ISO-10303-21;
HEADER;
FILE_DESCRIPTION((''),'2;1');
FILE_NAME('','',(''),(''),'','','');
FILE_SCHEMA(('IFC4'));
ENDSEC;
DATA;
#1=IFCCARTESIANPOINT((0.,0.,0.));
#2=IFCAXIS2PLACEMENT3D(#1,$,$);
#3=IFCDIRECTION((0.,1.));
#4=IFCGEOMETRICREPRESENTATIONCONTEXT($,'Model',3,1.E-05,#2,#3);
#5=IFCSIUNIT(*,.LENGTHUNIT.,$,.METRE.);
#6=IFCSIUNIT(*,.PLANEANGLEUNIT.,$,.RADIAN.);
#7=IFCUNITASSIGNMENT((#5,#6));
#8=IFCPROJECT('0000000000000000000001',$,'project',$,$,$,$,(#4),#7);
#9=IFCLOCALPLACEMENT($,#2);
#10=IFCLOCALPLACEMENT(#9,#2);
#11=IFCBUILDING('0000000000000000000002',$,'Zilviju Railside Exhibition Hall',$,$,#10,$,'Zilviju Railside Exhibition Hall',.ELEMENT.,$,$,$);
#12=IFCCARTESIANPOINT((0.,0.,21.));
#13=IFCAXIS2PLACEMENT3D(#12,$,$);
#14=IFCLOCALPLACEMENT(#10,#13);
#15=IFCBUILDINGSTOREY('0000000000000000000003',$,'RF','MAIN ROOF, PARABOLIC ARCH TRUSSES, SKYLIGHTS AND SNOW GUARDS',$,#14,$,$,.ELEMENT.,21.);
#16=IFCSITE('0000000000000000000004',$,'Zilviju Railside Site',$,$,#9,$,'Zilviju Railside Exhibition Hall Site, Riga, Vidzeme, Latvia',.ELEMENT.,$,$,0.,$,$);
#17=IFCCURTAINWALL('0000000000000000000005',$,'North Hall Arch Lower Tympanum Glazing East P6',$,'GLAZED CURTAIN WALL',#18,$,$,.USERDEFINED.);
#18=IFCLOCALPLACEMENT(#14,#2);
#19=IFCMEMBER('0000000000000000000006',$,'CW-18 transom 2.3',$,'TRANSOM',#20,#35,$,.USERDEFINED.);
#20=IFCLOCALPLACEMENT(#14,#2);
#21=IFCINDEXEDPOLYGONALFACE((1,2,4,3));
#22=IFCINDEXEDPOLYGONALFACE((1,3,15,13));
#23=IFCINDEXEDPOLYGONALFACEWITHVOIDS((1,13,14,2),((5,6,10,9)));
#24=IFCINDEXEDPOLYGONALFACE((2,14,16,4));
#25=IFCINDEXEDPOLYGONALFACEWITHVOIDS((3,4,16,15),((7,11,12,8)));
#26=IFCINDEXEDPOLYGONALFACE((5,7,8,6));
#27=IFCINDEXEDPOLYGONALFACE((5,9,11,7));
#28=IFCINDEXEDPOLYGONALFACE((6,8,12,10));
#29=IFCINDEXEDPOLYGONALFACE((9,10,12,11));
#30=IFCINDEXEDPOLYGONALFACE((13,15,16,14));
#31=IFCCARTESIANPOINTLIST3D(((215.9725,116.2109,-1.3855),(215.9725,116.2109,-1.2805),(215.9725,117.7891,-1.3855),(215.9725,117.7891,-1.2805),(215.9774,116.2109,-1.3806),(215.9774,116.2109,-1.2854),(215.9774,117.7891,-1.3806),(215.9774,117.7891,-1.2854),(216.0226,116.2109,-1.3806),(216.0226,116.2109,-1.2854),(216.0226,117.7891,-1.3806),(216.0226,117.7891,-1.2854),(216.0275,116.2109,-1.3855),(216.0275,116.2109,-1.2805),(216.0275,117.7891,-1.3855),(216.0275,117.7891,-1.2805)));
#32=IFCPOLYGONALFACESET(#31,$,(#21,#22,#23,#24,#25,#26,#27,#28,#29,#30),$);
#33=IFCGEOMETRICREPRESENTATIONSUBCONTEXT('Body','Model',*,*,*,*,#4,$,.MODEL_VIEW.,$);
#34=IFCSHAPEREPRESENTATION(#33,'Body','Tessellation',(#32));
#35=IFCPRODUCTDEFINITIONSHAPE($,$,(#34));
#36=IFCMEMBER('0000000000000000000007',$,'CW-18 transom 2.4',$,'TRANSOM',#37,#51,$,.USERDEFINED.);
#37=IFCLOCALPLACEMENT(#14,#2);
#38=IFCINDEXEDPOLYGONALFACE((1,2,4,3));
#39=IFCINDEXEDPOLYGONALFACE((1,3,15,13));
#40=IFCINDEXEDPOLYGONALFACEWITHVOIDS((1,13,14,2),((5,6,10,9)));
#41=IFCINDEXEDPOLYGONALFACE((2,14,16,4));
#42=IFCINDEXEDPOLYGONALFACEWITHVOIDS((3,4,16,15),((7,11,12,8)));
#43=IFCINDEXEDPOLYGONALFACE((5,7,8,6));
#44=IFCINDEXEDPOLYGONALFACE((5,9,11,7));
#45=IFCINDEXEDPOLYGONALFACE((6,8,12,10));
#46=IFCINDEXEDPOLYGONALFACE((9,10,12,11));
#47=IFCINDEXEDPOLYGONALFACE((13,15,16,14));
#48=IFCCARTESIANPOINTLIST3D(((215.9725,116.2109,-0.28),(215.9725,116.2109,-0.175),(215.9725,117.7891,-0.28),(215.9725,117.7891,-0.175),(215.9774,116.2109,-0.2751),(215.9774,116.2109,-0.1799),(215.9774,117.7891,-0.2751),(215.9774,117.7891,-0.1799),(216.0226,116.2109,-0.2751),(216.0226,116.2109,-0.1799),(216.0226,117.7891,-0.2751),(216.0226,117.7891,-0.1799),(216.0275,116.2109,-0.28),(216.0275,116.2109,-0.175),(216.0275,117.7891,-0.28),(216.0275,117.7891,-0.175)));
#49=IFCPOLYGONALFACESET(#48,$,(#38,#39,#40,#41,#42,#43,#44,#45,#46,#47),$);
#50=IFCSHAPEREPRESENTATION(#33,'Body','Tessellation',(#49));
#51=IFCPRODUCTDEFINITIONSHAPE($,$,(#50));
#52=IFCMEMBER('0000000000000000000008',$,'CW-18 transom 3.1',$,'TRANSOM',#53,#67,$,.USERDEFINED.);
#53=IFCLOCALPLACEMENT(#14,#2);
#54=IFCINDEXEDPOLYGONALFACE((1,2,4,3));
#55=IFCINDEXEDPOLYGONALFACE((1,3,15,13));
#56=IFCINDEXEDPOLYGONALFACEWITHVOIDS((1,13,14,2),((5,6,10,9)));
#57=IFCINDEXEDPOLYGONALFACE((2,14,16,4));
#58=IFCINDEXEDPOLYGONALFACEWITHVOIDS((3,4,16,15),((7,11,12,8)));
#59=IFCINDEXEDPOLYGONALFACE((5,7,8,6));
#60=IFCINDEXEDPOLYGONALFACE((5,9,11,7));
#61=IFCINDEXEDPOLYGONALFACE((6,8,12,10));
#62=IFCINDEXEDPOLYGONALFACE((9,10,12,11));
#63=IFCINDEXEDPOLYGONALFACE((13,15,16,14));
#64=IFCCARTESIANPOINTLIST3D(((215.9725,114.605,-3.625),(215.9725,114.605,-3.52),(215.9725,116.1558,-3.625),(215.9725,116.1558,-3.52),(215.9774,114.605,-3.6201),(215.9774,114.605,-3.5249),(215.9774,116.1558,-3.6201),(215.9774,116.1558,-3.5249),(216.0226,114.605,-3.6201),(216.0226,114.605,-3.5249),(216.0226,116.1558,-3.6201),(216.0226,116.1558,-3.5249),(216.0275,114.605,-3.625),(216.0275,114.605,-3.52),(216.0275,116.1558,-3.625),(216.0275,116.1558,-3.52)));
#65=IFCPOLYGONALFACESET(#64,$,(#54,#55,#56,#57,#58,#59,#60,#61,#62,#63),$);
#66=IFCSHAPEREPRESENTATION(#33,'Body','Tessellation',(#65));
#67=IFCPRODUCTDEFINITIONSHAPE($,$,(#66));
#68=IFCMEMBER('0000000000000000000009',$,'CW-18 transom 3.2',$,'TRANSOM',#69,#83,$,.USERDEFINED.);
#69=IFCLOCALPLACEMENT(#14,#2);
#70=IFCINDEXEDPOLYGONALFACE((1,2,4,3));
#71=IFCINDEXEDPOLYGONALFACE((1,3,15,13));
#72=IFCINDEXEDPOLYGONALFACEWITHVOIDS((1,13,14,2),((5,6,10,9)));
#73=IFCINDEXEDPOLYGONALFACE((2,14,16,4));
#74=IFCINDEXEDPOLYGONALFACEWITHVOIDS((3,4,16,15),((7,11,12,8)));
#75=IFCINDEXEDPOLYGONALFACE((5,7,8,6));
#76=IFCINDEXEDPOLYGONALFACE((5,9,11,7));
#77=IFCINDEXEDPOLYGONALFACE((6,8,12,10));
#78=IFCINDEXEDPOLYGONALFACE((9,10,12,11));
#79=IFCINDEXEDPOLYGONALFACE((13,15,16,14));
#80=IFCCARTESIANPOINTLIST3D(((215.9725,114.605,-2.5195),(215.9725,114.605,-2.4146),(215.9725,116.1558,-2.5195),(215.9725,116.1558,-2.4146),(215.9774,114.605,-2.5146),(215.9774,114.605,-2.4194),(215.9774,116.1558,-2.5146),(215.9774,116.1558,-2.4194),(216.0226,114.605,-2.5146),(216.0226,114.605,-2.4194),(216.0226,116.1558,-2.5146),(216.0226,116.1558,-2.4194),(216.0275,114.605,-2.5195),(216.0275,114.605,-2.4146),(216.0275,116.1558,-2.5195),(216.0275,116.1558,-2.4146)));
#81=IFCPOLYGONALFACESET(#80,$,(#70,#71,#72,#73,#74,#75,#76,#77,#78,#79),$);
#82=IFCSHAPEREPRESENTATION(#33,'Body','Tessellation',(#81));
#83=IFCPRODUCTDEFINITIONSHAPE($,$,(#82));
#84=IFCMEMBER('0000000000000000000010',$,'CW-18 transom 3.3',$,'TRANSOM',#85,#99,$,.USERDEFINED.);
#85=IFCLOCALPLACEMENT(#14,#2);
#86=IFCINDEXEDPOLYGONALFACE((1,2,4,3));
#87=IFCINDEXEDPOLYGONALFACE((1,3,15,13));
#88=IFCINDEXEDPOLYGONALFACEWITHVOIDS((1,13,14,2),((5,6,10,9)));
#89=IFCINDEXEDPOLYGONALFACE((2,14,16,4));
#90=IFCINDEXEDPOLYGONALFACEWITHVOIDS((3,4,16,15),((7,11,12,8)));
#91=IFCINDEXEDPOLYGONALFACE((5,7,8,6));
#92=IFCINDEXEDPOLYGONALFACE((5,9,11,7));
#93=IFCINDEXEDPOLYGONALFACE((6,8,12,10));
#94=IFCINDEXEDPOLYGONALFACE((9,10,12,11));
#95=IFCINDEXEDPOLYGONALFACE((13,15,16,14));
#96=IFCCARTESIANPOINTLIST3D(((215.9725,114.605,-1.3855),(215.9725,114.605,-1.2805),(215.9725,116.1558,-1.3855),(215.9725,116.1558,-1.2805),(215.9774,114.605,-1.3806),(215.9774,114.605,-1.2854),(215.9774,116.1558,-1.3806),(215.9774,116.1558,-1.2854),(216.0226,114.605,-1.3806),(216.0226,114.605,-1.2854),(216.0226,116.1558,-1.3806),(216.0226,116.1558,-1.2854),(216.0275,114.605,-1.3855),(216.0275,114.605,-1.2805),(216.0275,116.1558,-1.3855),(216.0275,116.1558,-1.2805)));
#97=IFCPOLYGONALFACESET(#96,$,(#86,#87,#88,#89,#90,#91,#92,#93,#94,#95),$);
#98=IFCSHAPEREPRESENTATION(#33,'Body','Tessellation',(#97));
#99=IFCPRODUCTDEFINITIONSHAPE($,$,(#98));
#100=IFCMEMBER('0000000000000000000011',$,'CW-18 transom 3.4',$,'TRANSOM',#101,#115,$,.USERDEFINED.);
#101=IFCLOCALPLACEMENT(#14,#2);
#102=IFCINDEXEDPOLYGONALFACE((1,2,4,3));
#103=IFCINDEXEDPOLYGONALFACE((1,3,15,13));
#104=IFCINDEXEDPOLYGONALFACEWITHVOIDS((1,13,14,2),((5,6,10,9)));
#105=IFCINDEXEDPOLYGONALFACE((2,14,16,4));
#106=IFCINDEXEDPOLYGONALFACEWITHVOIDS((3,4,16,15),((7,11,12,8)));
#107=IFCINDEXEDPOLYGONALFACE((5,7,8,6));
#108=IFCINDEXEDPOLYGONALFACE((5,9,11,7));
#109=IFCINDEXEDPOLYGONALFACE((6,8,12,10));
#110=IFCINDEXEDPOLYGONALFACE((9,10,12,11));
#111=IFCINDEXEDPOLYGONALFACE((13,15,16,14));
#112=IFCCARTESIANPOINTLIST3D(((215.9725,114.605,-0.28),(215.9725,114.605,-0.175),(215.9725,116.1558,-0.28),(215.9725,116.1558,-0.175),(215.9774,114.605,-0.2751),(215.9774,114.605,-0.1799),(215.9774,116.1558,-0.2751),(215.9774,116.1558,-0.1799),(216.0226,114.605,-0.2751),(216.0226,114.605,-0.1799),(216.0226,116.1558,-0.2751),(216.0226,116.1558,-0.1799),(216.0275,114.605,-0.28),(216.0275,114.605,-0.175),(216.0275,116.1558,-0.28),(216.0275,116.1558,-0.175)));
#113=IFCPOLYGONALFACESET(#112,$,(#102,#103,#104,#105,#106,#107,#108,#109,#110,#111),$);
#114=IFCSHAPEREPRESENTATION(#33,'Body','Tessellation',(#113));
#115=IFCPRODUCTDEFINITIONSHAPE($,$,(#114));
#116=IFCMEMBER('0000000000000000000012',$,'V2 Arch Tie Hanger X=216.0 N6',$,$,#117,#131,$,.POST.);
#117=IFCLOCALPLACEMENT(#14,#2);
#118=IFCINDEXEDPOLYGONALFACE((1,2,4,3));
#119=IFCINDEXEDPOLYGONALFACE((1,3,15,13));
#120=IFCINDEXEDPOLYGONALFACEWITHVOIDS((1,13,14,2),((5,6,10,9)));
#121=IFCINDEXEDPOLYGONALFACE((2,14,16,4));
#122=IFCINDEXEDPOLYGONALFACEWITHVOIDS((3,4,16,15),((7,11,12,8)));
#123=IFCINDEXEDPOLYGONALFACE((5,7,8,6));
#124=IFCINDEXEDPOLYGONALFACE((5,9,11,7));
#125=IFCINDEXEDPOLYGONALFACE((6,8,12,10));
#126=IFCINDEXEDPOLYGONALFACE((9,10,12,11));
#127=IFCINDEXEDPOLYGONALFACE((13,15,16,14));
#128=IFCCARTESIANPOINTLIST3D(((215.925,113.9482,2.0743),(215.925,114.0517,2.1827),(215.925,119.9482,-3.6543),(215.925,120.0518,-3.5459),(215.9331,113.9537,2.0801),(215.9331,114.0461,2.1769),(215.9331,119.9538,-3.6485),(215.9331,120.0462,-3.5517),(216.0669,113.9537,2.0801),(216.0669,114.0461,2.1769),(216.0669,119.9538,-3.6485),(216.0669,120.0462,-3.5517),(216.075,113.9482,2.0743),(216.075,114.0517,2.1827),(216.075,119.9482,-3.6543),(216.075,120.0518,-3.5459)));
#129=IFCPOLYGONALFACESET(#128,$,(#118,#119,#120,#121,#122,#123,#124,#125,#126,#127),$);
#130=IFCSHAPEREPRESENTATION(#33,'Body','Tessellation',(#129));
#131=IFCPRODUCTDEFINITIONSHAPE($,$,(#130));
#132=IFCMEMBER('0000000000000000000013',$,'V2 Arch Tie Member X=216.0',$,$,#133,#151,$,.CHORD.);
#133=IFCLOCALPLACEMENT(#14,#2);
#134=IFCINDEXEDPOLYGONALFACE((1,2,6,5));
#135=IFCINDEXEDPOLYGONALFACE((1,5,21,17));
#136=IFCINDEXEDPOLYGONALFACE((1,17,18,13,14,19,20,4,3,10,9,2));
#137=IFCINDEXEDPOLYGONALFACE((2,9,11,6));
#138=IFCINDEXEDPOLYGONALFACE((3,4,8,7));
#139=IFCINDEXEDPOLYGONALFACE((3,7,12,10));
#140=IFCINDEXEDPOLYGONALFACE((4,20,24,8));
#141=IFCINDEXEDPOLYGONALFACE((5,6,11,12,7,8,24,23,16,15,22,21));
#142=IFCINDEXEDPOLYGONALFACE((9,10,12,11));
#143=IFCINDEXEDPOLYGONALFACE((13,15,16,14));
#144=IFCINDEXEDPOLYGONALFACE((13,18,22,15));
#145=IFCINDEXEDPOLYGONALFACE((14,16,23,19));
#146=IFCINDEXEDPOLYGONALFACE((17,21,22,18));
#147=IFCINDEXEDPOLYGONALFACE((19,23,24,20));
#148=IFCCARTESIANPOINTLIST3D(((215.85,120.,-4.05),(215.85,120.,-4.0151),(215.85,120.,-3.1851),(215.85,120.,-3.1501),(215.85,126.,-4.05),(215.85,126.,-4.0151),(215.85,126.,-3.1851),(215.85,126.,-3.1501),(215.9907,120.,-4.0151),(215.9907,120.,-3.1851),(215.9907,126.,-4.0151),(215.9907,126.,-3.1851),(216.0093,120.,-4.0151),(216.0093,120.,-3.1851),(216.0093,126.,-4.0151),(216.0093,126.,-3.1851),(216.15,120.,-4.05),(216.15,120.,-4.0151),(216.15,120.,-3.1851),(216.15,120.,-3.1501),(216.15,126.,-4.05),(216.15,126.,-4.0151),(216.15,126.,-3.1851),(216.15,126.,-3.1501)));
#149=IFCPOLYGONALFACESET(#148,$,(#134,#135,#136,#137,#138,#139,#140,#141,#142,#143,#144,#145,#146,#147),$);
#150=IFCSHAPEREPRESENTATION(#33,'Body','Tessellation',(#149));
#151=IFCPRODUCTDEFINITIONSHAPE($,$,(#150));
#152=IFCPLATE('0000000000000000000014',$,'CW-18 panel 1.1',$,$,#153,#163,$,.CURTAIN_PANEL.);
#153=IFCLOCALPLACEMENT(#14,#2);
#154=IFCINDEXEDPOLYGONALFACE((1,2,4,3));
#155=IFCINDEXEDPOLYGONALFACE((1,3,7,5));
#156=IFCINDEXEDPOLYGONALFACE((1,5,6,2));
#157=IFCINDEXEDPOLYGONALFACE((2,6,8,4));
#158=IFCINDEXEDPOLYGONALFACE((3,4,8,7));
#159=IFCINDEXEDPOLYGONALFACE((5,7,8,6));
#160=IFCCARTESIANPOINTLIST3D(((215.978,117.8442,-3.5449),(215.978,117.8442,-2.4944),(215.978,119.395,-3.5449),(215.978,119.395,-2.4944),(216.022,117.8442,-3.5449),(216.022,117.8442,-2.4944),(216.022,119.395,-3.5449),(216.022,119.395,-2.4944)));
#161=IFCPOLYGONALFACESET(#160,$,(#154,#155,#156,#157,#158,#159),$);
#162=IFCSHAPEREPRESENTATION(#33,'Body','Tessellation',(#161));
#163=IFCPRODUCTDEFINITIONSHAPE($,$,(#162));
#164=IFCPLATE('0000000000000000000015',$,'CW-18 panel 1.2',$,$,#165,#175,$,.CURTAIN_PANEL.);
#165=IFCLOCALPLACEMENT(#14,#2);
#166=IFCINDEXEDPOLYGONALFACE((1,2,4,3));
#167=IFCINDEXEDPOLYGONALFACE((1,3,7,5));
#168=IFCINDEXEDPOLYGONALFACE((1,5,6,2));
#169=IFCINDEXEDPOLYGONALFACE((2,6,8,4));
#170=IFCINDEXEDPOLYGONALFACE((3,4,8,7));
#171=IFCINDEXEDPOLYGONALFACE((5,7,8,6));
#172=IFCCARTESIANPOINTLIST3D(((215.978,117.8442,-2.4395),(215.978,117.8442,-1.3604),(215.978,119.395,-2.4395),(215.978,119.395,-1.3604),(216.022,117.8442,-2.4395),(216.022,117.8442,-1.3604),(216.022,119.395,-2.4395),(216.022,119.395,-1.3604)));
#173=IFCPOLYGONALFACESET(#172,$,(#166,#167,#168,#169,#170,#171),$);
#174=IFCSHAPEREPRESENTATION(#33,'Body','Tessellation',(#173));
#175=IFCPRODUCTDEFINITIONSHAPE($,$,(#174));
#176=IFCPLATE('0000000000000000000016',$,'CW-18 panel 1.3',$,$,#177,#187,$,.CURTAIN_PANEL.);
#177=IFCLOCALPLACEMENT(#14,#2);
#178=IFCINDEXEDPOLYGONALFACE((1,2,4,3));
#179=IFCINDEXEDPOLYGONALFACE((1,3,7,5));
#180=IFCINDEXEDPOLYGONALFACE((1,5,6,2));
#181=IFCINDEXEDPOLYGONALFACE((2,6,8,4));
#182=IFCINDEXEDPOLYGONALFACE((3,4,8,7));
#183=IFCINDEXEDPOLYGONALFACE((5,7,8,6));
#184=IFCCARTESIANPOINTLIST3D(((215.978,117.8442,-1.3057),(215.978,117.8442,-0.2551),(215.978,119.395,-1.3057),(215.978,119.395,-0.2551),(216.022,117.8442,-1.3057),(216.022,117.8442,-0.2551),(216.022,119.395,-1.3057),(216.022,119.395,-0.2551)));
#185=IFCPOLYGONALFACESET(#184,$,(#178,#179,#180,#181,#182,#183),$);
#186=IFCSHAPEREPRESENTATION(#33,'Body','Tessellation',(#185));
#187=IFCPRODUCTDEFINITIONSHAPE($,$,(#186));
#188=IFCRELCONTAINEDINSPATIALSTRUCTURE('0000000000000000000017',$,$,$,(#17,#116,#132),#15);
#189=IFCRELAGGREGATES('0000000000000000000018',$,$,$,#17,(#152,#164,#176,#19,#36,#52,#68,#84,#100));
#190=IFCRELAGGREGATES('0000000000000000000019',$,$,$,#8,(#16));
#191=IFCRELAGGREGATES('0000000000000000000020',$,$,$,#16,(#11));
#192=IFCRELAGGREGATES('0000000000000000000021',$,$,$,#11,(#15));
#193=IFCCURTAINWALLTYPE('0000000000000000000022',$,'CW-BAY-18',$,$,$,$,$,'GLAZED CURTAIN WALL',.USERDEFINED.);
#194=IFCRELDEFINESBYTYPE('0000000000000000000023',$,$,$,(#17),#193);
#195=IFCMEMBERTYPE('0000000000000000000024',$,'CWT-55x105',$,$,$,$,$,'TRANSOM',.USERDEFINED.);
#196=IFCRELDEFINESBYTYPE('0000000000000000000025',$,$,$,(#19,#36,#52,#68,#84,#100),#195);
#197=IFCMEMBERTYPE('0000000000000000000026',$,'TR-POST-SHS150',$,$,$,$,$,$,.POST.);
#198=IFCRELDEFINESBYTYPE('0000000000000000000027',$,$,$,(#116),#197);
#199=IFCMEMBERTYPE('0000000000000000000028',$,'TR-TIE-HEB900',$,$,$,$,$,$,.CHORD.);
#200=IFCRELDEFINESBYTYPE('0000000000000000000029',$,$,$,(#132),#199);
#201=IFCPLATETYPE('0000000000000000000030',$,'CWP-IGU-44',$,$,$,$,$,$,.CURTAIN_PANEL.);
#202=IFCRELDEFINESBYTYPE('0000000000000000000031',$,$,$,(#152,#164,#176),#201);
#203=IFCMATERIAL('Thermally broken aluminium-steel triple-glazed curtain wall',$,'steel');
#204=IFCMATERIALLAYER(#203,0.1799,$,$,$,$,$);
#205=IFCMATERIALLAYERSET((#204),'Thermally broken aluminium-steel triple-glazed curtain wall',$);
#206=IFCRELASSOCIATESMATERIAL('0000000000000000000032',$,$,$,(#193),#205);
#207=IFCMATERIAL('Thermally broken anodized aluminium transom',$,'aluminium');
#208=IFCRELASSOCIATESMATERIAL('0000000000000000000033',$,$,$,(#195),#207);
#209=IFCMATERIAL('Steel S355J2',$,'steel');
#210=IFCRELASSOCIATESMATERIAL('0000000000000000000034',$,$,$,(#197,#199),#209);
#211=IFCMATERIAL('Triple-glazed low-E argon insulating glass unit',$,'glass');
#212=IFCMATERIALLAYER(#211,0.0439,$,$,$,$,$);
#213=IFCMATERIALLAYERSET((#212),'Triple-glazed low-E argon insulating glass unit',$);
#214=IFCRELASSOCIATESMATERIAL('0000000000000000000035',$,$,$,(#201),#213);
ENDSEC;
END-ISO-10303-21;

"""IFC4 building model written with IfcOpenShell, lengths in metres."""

from ifc_helpers import new_model, si_unit, direction, frame, origin, origin_2d, place, context, subcontext, project, spatial, rectangle, hollow_rectangle, i_section, extrude, material, layer, layer_set, material_profile, profile_set, type_object, element, aggregate, save


model = new_model("IFC4")

# Units and contexts
model_context = context("Model", 3, precision=1e-05, world=origin(), true_north=direction((0.0, 1.0)))
body_context = subcontext(model_context, "Body", "Model", "MODEL_VIEW")
ifc_project = project(units=[si_unit("LENGTHUNIT", "METRE"), si_unit("PLANEANGLEUNIT", "RADIAN")], contexts=[model_context])

# Site, building, storey
site_placement = place(None, origin())
site = spatial("IfcSite", under=ifc_project, at=site_placement, Name="Zilviju Railside Site", LongName="Zilviju Railside Exhibition Hall Site, Riga, Vidzeme, Latvia", CompositionType="ELEMENT", RefElevation=0.0)
building_placement = place(site_placement, origin())
building = spatial("IfcBuilding", under=site, at=building_placement, Name="Zilviju Railside Exhibition Hall", LongName="Zilviju Railside Exhibition Hall", CompositionType="ELEMENT")
storey_placement = place(building_placement, frame((0.0, 0.0, 21.0)))
storey = spatial("IfcBuildingStorey", under=building, at=storey_placement, Name="RF", Description="MAIN ROOF, PARABOLIC ARCH TRUSSES, SKYLIGHTS AND SNOW GUARDS", CompositionType="ELEMENT", Elevation=21.0)

# Curtain wall
ifc_material_1 = material(Name="Thermally broken aluminium-steel triple-glazed curtain wall", Category="steel")
ifc_layer_1 = layer(ifc_material_1, 0.1799)
ifc_layer_set_1 = layer_set([ifc_layer_1], Name="Thermally broken aluminium-steel triple-glazed curtain wall")
curtain_wall_type_1 = type_object("IfcCurtainWallType", Name="CW-BAY-18", ElementType="GLAZED CURTAIN WALL", PredefinedType="USERDEFINED", material=ifc_layer_set_1)
curtain_wall_1_placement = place(storey_placement, origin())
curtain_wall_1 = element("IfcCurtainWall", 1, at=curtain_wall_1_placement, inside=storey, type_object=curtain_wall_type_1, Name="North Hall Arch Lower Tympanum Glazing East P6", ObjectType="GLAZED CURTAIN WALL", PredefinedType="USERDEFINED")

# Members
ifc_material_2 = material(Name="Thermally broken anodized aluminium transom", Category="aluminium")
ifc_material_profile_1 = material_profile(ifc_material_2, hollow_rectangle(XDim=0.0549, YDim=0.105, WallThickness=0.0049, at=origin_2d()), Name="TRANSOM 105x55x5")
ifc_profile_set_1 = profile_set([ifc_material_profile_1], Name="Thermally broken anodized aluminium transom")
member_type_1 = type_object("IfcMemberType", Name="CWT-55x105", ElementType="TRANSOM", PredefinedType="USERDEFINED", material=ifc_profile_set_1)
member_1_placement = place(storey_placement, frame((216.0, 117.7891, -1.333), z_axis=(0.0, -1.0, 0.0), x_axis=(1.0, 0.0, 0.0)))
member_1 = element("IfcMember", 2, at=member_1_placement, type_object=member_type_1, Name="CW-18 transom 2.3", ObjectType="TRANSOM", PredefinedType="USERDEFINED", context=body_context, shape_type="SweptSolid", body=[
    extrude(hollow_rectangle(XDim=0.0549, YDim=0.105, WallThickness=0.0049, at=origin_2d()), origin(), (0.0, 0.0, 1.0), 1.5781),
])
member_2_placement = place(storey_placement, frame((216.0, 117.7891, -0.2275), z_axis=(0.0, -1.0, 0.0), x_axis=(1.0, 0.0, 0.0)))
member_2 = element("IfcMember", 3, at=member_2_placement, type_object=member_type_1, Name="CW-18 transom 2.4", ObjectType="TRANSOM", PredefinedType="USERDEFINED", context=body_context, shape_type="SweptSolid", body=[
    extrude(hollow_rectangle(XDim=0.0549, YDim=0.105, WallThickness=0.0049, at=origin_2d()), origin(), (0.0, 0.0, 1.0), 1.5781),
])
member_3_placement = place(storey_placement, frame((216.0, 116.1558, -3.5725), z_axis=(0.0, -1.0, 0.0), x_axis=(1.0, 0.0, 0.0)))
member_3 = element("IfcMember", 4, at=member_3_placement, type_object=member_type_1, Name="CW-18 transom 3.1", ObjectType="TRANSOM", PredefinedType="USERDEFINED", context=body_context, shape_type="SweptSolid", body=[
    extrude(hollow_rectangle(XDim=0.0549, YDim=0.105, WallThickness=0.0049, at=origin_2d()), origin(), (0.0, 0.0, 1.0), 1.5508),
])
member_4_placement = place(storey_placement, frame((216.0, 116.1558, -2.467), z_axis=(0.0, -1.0, 0.0), x_axis=(1.0, 0.0, 0.0)))
member_4 = element("IfcMember", 5, at=member_4_placement, type_object=member_type_1, Name="CW-18 transom 3.2", ObjectType="TRANSOM", PredefinedType="USERDEFINED", context=body_context, shape_type="SweptSolid", body=[
    extrude(hollow_rectangle(XDim=0.0549, YDim=0.105, WallThickness=0.0049, at=origin_2d()), origin(), (0.0, 0.0, 1.0), 1.5508),
])
member_5_placement = place(storey_placement, frame((216.0, 116.1558, -1.333), z_axis=(0.0, -1.0, 0.0), x_axis=(1.0, 0.0, 0.0)))
member_5 = element("IfcMember", 6, at=member_5_placement, type_object=member_type_1, Name="CW-18 transom 3.3", ObjectType="TRANSOM", PredefinedType="USERDEFINED", context=body_context, shape_type="SweptSolid", body=[
    extrude(hollow_rectangle(XDim=0.0549, YDim=0.105, WallThickness=0.0049, at=origin_2d()), origin(), (0.0, 0.0, 1.0), 1.5508),
])
member_6_placement = place(storey_placement, frame((216.0, 116.1558, -0.2275), z_axis=(0.0, -1.0, 0.0), x_axis=(1.0, 0.0, 0.0)))
member_6 = element("IfcMember", 7, at=member_6_placement, type_object=member_type_1, Name="CW-18 transom 3.4", ObjectType="TRANSOM", PredefinedType="USERDEFINED", context=body_context, shape_type="SweptSolid", body=[
    extrude(hollow_rectangle(XDim=0.0549, YDim=0.105, WallThickness=0.0049, at=origin_2d()), origin(), (0.0, 0.0, 1.0), 1.5508),
])

# Members
ifc_material_3 = material(Name="Steel S355J2", Category="steel")
ifc_material_profile_2 = material_profile(ifc_material_3, hollow_rectangle(XDim=0.1499, YDim=0.1499, WallThickness=0.0081, at=origin_2d()), Name="SHS 150x150x8.0")
ifc_profile_set_2 = profile_set([ifc_material_profile_2], Name="Steel S355J2")
member_type_2 = type_object("IfcMemberType", Name="TR-POST-SHS150", PredefinedType="POST", material=ifc_profile_set_2)
member_7_placement = place(storey_placement, frame((216.0, 120.0, -3.6001), z_axis=(0.0, -0.723281, 0.690554), x_axis=(1.0, 0.0, 0.0)))
element("IfcMember", 8, at=member_7_placement, inside=storey, type_object=member_type_2, Name="V2 Arch Tie Hanger X=216.0 N6", PredefinedType="POST", context=body_context, shape_type="SweptSolid", body=[
    extrude(hollow_rectangle(XDim=0.1499, YDim=0.1499, WallThickness=0.0081, at=origin_2d()), origin(), (0.0, 0.0, 1.0), 8.2957),
])
ifc_material_profile_3 = material_profile(ifc_material_3, i_section(OverallWidth=0.3, OverallDepth=0.8999, WebThickness=0.0186, FlangeThickness=0.0349, at=origin_2d()), Name="HEB 900")
ifc_profile_set_3 = profile_set([ifc_material_profile_3], Name="Steel S355J2")
member_type_3 = type_object("IfcMemberType", Name="TR-TIE-HEB900", PredefinedType="CHORD", material=ifc_profile_set_3)
member_8_placement = place(storey_placement, frame((216.0, 120.0, -3.6001), z_axis=(0.0, 1.0, 0.0), x_axis=(-1.0, 0.0, 0.0)))
element("IfcMember", 9, at=member_8_placement, inside=storey, type_object=member_type_3, Name="V2 Arch Tie Member X=216.0", PredefinedType="CHORD", context=body_context, shape_type="SweptSolid", body=[
    extrude(i_section(OverallWidth=0.3, OverallDepth=0.8999, WebThickness=0.0186, FlangeThickness=0.0349, at=origin_2d()), origin(), (0.0, 0.0, 1.0), 6.0),
])

# Plates
ifc_material_4 = material(Name="Triple-glazed low-E argon insulating glass unit", Category="glass")
ifc_layer_2 = layer(ifc_material_4, 0.0439)
ifc_layer_set_2 = layer_set([ifc_layer_2], Name="Triple-glazed low-E argon insulating glass unit")
plate_type = type_object("IfcPlateType", Name="CWP-IGU-44", PredefinedType="CURTAIN_PANEL", material=ifc_layer_set_2)
plate_1_placement = place(storey_placement, frame((216.0, 118.6196, -3.5449), z_axis=(0.0, 0.0, 1.0), x_axis=(0.0, -1.0, 0.0)))
plate_1 = element("IfcPlate", 10, at=plate_1_placement, type_object=plate_type, Name="CW-18 panel 1.1", PredefinedType="CURTAIN_PANEL", context=body_context, shape_type="SweptSolid", body=[
    extrude(rectangle(XDim=1.5508, YDim=0.0439, at=origin_2d()), origin(), (0.0, 0.0, 1.0), 1.0505),
])
plate_2_placement = place(storey_placement, frame((216.0, 118.6196, -2.4395), z_axis=(0.0, 0.0, 1.0), x_axis=(0.0, -1.0, 0.0)))
plate_2 = element("IfcPlate", 11, at=plate_2_placement, type_object=plate_type, Name="CW-18 panel 1.2", PredefinedType="CURTAIN_PANEL", context=body_context, shape_type="SweptSolid", body=[
    extrude(rectangle(XDim=1.5508, YDim=0.0439, at=origin_2d()), origin(), (0.0, 0.0, 1.0), 1.0791),
])
plate_3_placement = place(storey_placement, frame((216.0, 118.6196, -1.3057), z_axis=(0.0, 0.0, 1.0), x_axis=(0.0, -1.0, 0.0)))
plate_3 = element("IfcPlate", 12, at=plate_3_placement, type_object=plate_type, Name="CW-18 panel 1.3", PredefinedType="CURTAIN_PANEL", context=body_context, shape_type="SweptSolid", body=[
    extrude(rectangle(XDim=1.5508, YDim=0.0439, at=origin_2d()), origin(), (0.0, 0.0, 1.0), 1.0505),
])
aggregate(curtain_wall_1, [plate_1, plate_2, plate_3, member_1, member_2, member_3, member_4, member_5, member_6])

save(model, "model.ifc")
